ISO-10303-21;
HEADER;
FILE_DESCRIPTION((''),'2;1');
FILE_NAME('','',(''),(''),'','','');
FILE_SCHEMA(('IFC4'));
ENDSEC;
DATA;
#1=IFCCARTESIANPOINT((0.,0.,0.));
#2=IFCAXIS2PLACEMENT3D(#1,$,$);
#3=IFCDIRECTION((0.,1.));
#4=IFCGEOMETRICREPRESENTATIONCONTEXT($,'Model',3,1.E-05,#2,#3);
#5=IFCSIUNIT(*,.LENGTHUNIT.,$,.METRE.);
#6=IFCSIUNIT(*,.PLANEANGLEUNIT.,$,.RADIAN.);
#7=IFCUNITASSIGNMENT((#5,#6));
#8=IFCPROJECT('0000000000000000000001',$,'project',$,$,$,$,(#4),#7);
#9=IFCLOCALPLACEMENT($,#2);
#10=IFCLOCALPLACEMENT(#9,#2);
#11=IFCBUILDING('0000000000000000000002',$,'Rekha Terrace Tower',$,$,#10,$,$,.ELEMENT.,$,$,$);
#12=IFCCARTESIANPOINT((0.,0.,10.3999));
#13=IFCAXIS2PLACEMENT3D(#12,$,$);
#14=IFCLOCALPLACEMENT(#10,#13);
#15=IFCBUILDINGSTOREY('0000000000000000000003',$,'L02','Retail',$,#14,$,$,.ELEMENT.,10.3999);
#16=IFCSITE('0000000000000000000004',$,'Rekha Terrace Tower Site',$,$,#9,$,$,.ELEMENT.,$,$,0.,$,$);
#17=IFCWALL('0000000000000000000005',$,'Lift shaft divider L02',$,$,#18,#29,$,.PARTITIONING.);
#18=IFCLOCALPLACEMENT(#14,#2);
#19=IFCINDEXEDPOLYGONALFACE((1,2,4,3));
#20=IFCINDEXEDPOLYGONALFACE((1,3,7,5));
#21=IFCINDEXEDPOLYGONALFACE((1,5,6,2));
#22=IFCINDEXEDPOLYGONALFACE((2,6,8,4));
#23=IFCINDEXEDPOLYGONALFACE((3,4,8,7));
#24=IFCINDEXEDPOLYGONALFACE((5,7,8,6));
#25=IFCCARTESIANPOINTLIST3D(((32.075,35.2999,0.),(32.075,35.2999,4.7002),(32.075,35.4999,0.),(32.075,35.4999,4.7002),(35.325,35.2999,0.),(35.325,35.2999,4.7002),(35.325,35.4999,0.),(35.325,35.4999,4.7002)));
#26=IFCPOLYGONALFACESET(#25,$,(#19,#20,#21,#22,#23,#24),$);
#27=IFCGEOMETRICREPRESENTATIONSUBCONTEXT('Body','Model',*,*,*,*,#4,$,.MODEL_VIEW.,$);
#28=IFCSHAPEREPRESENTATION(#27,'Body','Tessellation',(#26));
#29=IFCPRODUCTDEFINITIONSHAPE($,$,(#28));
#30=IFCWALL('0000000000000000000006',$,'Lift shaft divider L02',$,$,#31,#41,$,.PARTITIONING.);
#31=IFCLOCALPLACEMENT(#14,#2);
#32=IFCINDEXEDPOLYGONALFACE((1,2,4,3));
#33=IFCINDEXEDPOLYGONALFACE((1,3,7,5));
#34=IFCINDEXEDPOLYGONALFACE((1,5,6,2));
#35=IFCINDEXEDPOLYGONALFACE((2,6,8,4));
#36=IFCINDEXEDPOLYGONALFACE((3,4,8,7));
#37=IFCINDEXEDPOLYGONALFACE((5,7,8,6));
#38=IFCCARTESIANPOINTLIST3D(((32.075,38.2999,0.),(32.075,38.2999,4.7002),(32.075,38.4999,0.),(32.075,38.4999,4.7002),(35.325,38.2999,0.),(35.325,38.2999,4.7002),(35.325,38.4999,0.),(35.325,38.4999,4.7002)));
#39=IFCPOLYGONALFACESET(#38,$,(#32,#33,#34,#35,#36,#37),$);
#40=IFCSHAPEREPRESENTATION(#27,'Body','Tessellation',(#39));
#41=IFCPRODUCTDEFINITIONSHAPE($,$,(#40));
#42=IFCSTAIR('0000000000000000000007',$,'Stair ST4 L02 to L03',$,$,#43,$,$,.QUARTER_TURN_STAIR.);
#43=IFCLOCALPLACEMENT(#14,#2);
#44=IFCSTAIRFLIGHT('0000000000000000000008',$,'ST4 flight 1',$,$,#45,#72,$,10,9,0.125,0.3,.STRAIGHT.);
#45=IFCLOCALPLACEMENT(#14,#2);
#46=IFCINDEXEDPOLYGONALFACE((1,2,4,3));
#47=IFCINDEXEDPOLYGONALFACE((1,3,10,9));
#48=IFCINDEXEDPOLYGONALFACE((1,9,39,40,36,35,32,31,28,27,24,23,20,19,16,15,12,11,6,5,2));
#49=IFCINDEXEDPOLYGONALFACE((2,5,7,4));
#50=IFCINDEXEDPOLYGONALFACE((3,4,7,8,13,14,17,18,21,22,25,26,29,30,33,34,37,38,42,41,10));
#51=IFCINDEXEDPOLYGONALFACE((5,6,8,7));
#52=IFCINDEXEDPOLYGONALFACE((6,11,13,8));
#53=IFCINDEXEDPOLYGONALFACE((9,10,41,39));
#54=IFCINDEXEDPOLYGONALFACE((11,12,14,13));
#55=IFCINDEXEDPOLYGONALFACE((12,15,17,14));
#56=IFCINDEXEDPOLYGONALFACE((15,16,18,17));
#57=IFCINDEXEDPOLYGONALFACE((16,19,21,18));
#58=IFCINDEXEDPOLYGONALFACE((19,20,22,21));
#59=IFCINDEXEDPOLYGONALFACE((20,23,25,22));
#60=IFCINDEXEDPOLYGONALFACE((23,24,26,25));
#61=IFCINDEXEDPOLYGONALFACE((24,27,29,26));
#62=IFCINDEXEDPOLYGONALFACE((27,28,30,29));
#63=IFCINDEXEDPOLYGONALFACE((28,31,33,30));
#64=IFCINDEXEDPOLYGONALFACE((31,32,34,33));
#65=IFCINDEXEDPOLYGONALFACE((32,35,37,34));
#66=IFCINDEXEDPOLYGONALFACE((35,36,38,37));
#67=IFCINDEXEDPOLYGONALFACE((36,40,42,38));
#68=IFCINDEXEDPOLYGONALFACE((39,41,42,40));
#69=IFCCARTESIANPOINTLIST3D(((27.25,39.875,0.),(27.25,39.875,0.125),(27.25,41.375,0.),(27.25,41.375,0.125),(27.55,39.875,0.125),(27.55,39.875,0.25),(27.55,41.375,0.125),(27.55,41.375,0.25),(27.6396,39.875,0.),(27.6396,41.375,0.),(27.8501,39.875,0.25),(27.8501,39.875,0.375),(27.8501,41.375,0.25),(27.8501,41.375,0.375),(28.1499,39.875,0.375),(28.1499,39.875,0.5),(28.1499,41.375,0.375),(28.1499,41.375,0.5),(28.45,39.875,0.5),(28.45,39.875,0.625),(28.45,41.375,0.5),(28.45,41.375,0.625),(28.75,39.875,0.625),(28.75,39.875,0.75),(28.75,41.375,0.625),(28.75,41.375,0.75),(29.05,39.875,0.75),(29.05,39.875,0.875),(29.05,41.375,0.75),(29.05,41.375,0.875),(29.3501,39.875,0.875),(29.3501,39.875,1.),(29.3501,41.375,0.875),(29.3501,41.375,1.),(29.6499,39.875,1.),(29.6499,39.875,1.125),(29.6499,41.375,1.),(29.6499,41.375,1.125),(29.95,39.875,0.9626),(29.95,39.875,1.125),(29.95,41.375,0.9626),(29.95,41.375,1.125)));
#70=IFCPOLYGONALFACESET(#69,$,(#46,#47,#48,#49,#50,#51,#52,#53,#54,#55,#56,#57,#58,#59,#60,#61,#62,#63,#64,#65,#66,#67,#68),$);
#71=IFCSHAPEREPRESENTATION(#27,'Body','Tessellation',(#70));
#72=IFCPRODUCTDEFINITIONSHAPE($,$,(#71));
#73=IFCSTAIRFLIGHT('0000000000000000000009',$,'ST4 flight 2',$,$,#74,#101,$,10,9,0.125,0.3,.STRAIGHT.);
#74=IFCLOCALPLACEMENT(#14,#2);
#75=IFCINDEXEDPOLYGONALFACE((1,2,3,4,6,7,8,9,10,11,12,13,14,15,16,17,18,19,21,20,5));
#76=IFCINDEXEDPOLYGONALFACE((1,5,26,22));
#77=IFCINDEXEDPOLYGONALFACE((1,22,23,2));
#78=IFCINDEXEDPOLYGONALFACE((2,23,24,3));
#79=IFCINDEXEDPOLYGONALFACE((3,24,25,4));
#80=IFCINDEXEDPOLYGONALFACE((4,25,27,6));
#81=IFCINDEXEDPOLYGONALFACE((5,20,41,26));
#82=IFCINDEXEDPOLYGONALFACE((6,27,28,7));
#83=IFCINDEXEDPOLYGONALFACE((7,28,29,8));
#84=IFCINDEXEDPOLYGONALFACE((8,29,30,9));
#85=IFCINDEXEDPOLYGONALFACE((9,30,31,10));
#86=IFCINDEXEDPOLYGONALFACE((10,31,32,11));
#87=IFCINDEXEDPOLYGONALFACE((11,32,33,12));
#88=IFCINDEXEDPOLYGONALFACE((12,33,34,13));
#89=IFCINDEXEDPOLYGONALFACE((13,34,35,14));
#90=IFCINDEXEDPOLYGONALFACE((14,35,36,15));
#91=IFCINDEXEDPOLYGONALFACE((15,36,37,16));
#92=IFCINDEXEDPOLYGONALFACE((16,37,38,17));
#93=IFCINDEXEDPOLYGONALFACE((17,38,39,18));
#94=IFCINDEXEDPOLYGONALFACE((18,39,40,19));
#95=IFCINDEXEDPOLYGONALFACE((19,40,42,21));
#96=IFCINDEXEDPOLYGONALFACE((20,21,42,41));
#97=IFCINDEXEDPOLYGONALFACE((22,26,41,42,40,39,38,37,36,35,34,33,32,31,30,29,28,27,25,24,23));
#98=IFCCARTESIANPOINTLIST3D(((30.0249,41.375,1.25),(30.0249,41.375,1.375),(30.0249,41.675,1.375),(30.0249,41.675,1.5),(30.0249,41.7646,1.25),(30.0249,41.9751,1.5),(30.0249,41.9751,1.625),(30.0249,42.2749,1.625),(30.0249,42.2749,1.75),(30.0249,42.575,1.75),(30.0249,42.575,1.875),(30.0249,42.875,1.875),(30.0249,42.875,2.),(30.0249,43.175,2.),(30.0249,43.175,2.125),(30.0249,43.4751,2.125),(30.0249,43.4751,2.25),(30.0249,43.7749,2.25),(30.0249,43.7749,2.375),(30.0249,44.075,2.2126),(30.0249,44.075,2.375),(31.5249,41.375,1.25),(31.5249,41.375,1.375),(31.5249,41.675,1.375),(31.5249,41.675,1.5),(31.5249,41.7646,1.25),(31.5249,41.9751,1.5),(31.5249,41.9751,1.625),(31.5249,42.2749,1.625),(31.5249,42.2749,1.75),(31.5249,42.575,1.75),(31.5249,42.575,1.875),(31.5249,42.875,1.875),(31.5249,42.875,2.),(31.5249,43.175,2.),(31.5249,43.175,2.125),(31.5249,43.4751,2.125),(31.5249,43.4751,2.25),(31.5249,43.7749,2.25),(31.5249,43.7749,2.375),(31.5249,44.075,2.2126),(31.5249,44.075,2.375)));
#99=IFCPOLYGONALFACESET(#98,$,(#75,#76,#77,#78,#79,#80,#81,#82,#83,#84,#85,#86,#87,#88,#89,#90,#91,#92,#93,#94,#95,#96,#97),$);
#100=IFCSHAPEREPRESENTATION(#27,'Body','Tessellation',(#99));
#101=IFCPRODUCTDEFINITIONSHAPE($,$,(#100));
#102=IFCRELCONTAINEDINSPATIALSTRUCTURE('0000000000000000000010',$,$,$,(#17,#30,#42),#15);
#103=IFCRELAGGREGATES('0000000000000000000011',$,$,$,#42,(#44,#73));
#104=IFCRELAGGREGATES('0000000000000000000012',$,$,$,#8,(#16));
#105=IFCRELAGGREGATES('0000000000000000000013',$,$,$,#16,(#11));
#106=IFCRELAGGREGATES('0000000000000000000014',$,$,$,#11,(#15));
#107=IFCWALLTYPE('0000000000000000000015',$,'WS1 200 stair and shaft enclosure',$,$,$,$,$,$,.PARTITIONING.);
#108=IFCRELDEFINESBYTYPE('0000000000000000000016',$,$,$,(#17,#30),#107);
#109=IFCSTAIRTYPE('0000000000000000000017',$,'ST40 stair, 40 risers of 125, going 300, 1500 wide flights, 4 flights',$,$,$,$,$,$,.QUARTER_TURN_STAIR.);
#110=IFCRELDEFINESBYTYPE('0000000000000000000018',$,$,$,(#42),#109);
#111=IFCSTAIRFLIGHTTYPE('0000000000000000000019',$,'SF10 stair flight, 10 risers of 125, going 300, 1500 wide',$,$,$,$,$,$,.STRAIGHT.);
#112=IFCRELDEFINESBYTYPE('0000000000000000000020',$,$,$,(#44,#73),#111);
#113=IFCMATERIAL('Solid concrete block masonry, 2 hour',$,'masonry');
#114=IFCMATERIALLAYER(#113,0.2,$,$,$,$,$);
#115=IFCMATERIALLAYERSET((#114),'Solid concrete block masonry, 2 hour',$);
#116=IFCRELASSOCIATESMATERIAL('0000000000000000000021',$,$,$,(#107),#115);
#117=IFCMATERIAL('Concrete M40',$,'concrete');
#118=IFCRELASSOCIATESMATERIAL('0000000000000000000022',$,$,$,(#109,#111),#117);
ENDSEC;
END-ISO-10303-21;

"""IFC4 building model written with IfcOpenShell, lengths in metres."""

from ifc_helpers import new_model, si_unit, direction, frame, frame_2d, origin, place, context, subcontext, project, spatial, polyline, rectangle, outline, extrude, material, layer, layer_set, type_object, element, aggregate, save


model = new_model("IFC4")

# Units and contexts
model_context = context("Model", 3, precision=1e-05, world=origin(), true_north=direction((0.0, 1.0)))
body_context = subcontext(model_context, "Body", "Model", "MODEL_VIEW")
ifc_project = project(units=[si_unit("LENGTHUNIT", "METRE"), si_unit("PLANEANGLEUNIT", "RADIAN")], contexts=[model_context])

# Site, building, storey
site_placement = place(None, origin())
site = spatial("IfcSite", under=ifc_project, at=site_placement, Name="Rekha Terrace Tower Site", CompositionType="ELEMENT", RefElevation=0.0)
building_placement = place(site_placement, origin())
building = spatial("IfcBuilding", under=site, at=building_placement, Name="Rekha Terrace Tower", CompositionType="ELEMENT")
storey_placement = place(building_placement, frame((0.0, 0.0, 10.3999)))
storey = spatial("IfcBuildingStorey", under=building, at=storey_placement, Name="L02", Description="Retail", CompositionType="ELEMENT", Elevation=10.3999)

# Walls
ifc_material_1 = material(Name="Solid concrete block masonry, 2 hour", Category="masonry")
ifc_layer_1 = layer(ifc_material_1, 0.2)
ifc_layer_set_1 = layer_set([ifc_layer_1], Name="Solid concrete block masonry, 2 hour")
wall_type_1 = type_object("IfcWallType", Name="WS1 200 stair and shaft enclosure", PredefinedType="PARTITIONING", material=ifc_layer_set_1)
for number, where, z_axis, x_axis, name in (
    (1, (32.075, 35.3999, 0.0), (0.0, 0.0, 1.0), (1.0, 0.0, 0.0), "Lift shaft divider L02"),
    (2, (32.075, 38.3999, 0.0), (0.0, 0.0, 1.0), (1.0, 0.0, 0.0), "Lift shaft divider L02"),
):
    element("IfcWall", number, at=place(storey_placement, frame(where, z_axis=z_axis, x_axis=x_axis)), inside=storey, type_object=wall_type_1, Name=name, PredefinedType="PARTITIONING", context=body_context, shape_type="SweptSolid", body=[
        extrude(rectangle(XDim=3.25, YDim=0.2, at=frame_2d((1.625, 0.0))), origin(), (0.0, 0.0, 1.0), 4.7002),
    ])

# Stair, stair flights
ifc_material_2 = material(Name="Concrete M40", Category="concrete")
stair_type = type_object("IfcStairType", Name="ST40 stair, 40 risers of 125, going 300, 1500 wide flights, 4 flights", PredefinedType="QUARTER_TURN_STAIR", material=ifc_material_2)
stair_placement = place(storey_placement, origin())
stair = element("IfcStair", 3, at=stair_placement, inside=storey, type_object=stair_type, Name="Stair ST4 L02 to L03", PredefinedType="QUARTER_TURN_STAIR")
stair_flight_type = type_object("IfcStairFlightType", Name="SF10 stair flight, 10 risers of 125, going 300, 1500 wide", PredefinedType="STRAIGHT", material=ifc_material_2)
stair_flight_1_placement = place(storey_placement, frame((27.25, 40.625, 0.0), z_axis=(0.0, 0.0, 1.0), x_axis=(1.0, 0.0, 0.0)))
stair_flight_1 = element("IfcStairFlight", 4, at=stair_flight_1_placement, type_object=stair_flight_type, Name="ST4 flight 1", NumberOfRisers=10, NumberOfTreads=9, PredefinedType="STRAIGHT", RiserHeight=0.125, TreadLength=0.3, context=body_context, shape_type="SweptSolid", body=[
    extrude(outline(polyline([(0.0, 0.0), (0.0, 0.125), (0.3, 0.125), (0.3, 0.25), (0.6001, 0.25), (0.6001, 0.375), (0.8999, 0.375), (0.8999, 0.5), (1.2, 0.5), (1.2, 0.625), (1.5, 0.625), (1.5, 0.75), (1.8, 0.75), (1.8, 0.875), (2.1001, 0.875), (2.1001, 1.0), (2.3999, 1.0), (2.3999, 1.125), (2.7, 1.125), (2.7, 1.25), (2.7, 0.9626), (0.3896, 0.0), (0.0, 0.0)])), frame((0.0, 0.75, 0.0), z_axis=(0.0, -1.0, 0.0), x_axis=(1.0, 0.0, 0.0)), (0.0, 0.0, 1.0), 1.5),
])
stair_flight_2_placement = place(storey_placement, frame((30.7749, 41.375, 1.25), z_axis=(0.0, 0.0, 1.0), x_axis=(0.0, 1.0, 0.0)))
stair_flight_2 = element("IfcStairFlight", 5, at=stair_flight_2_placement, type_object=stair_flight_type, Name="ST4 flight 2", NumberOfRisers=10, NumberOfTreads=9, PredefinedType="STRAIGHT", RiserHeight=0.125, TreadLength=0.3, context=body_context, shape_type="SweptSolid", body=[
    extrude(outline(polyline([(0.0, 0.0), (0.0, 0.125), (0.3, 0.125), (0.3, 0.25), (0.6001, 0.25), (0.6001, 0.375), (0.8999, 0.375), (0.8999, 0.5), (1.2, 0.5), (1.2, 0.625), (1.5, 0.625), (1.5, 0.75), (1.8, 0.75), (1.8, 0.875), (2.1001, 0.875), (2.1001, 1.0), (2.3999, 1.0), (2.3999, 1.125), (2.7, 1.125), (2.7, 1.25), (2.7, 0.9626), (0.3896, 0.0), (0.0, 0.0)])), frame((0.0, 0.75, 0.0), z_axis=(0.0, -1.0, 0.0), x_axis=(1.0, 0.0, 0.0)), (0.0, 0.0, 1.0), 1.5),
])
aggregate(stair, [stair_flight_1, stair_flight_2])

save(model, "model.ifc")
